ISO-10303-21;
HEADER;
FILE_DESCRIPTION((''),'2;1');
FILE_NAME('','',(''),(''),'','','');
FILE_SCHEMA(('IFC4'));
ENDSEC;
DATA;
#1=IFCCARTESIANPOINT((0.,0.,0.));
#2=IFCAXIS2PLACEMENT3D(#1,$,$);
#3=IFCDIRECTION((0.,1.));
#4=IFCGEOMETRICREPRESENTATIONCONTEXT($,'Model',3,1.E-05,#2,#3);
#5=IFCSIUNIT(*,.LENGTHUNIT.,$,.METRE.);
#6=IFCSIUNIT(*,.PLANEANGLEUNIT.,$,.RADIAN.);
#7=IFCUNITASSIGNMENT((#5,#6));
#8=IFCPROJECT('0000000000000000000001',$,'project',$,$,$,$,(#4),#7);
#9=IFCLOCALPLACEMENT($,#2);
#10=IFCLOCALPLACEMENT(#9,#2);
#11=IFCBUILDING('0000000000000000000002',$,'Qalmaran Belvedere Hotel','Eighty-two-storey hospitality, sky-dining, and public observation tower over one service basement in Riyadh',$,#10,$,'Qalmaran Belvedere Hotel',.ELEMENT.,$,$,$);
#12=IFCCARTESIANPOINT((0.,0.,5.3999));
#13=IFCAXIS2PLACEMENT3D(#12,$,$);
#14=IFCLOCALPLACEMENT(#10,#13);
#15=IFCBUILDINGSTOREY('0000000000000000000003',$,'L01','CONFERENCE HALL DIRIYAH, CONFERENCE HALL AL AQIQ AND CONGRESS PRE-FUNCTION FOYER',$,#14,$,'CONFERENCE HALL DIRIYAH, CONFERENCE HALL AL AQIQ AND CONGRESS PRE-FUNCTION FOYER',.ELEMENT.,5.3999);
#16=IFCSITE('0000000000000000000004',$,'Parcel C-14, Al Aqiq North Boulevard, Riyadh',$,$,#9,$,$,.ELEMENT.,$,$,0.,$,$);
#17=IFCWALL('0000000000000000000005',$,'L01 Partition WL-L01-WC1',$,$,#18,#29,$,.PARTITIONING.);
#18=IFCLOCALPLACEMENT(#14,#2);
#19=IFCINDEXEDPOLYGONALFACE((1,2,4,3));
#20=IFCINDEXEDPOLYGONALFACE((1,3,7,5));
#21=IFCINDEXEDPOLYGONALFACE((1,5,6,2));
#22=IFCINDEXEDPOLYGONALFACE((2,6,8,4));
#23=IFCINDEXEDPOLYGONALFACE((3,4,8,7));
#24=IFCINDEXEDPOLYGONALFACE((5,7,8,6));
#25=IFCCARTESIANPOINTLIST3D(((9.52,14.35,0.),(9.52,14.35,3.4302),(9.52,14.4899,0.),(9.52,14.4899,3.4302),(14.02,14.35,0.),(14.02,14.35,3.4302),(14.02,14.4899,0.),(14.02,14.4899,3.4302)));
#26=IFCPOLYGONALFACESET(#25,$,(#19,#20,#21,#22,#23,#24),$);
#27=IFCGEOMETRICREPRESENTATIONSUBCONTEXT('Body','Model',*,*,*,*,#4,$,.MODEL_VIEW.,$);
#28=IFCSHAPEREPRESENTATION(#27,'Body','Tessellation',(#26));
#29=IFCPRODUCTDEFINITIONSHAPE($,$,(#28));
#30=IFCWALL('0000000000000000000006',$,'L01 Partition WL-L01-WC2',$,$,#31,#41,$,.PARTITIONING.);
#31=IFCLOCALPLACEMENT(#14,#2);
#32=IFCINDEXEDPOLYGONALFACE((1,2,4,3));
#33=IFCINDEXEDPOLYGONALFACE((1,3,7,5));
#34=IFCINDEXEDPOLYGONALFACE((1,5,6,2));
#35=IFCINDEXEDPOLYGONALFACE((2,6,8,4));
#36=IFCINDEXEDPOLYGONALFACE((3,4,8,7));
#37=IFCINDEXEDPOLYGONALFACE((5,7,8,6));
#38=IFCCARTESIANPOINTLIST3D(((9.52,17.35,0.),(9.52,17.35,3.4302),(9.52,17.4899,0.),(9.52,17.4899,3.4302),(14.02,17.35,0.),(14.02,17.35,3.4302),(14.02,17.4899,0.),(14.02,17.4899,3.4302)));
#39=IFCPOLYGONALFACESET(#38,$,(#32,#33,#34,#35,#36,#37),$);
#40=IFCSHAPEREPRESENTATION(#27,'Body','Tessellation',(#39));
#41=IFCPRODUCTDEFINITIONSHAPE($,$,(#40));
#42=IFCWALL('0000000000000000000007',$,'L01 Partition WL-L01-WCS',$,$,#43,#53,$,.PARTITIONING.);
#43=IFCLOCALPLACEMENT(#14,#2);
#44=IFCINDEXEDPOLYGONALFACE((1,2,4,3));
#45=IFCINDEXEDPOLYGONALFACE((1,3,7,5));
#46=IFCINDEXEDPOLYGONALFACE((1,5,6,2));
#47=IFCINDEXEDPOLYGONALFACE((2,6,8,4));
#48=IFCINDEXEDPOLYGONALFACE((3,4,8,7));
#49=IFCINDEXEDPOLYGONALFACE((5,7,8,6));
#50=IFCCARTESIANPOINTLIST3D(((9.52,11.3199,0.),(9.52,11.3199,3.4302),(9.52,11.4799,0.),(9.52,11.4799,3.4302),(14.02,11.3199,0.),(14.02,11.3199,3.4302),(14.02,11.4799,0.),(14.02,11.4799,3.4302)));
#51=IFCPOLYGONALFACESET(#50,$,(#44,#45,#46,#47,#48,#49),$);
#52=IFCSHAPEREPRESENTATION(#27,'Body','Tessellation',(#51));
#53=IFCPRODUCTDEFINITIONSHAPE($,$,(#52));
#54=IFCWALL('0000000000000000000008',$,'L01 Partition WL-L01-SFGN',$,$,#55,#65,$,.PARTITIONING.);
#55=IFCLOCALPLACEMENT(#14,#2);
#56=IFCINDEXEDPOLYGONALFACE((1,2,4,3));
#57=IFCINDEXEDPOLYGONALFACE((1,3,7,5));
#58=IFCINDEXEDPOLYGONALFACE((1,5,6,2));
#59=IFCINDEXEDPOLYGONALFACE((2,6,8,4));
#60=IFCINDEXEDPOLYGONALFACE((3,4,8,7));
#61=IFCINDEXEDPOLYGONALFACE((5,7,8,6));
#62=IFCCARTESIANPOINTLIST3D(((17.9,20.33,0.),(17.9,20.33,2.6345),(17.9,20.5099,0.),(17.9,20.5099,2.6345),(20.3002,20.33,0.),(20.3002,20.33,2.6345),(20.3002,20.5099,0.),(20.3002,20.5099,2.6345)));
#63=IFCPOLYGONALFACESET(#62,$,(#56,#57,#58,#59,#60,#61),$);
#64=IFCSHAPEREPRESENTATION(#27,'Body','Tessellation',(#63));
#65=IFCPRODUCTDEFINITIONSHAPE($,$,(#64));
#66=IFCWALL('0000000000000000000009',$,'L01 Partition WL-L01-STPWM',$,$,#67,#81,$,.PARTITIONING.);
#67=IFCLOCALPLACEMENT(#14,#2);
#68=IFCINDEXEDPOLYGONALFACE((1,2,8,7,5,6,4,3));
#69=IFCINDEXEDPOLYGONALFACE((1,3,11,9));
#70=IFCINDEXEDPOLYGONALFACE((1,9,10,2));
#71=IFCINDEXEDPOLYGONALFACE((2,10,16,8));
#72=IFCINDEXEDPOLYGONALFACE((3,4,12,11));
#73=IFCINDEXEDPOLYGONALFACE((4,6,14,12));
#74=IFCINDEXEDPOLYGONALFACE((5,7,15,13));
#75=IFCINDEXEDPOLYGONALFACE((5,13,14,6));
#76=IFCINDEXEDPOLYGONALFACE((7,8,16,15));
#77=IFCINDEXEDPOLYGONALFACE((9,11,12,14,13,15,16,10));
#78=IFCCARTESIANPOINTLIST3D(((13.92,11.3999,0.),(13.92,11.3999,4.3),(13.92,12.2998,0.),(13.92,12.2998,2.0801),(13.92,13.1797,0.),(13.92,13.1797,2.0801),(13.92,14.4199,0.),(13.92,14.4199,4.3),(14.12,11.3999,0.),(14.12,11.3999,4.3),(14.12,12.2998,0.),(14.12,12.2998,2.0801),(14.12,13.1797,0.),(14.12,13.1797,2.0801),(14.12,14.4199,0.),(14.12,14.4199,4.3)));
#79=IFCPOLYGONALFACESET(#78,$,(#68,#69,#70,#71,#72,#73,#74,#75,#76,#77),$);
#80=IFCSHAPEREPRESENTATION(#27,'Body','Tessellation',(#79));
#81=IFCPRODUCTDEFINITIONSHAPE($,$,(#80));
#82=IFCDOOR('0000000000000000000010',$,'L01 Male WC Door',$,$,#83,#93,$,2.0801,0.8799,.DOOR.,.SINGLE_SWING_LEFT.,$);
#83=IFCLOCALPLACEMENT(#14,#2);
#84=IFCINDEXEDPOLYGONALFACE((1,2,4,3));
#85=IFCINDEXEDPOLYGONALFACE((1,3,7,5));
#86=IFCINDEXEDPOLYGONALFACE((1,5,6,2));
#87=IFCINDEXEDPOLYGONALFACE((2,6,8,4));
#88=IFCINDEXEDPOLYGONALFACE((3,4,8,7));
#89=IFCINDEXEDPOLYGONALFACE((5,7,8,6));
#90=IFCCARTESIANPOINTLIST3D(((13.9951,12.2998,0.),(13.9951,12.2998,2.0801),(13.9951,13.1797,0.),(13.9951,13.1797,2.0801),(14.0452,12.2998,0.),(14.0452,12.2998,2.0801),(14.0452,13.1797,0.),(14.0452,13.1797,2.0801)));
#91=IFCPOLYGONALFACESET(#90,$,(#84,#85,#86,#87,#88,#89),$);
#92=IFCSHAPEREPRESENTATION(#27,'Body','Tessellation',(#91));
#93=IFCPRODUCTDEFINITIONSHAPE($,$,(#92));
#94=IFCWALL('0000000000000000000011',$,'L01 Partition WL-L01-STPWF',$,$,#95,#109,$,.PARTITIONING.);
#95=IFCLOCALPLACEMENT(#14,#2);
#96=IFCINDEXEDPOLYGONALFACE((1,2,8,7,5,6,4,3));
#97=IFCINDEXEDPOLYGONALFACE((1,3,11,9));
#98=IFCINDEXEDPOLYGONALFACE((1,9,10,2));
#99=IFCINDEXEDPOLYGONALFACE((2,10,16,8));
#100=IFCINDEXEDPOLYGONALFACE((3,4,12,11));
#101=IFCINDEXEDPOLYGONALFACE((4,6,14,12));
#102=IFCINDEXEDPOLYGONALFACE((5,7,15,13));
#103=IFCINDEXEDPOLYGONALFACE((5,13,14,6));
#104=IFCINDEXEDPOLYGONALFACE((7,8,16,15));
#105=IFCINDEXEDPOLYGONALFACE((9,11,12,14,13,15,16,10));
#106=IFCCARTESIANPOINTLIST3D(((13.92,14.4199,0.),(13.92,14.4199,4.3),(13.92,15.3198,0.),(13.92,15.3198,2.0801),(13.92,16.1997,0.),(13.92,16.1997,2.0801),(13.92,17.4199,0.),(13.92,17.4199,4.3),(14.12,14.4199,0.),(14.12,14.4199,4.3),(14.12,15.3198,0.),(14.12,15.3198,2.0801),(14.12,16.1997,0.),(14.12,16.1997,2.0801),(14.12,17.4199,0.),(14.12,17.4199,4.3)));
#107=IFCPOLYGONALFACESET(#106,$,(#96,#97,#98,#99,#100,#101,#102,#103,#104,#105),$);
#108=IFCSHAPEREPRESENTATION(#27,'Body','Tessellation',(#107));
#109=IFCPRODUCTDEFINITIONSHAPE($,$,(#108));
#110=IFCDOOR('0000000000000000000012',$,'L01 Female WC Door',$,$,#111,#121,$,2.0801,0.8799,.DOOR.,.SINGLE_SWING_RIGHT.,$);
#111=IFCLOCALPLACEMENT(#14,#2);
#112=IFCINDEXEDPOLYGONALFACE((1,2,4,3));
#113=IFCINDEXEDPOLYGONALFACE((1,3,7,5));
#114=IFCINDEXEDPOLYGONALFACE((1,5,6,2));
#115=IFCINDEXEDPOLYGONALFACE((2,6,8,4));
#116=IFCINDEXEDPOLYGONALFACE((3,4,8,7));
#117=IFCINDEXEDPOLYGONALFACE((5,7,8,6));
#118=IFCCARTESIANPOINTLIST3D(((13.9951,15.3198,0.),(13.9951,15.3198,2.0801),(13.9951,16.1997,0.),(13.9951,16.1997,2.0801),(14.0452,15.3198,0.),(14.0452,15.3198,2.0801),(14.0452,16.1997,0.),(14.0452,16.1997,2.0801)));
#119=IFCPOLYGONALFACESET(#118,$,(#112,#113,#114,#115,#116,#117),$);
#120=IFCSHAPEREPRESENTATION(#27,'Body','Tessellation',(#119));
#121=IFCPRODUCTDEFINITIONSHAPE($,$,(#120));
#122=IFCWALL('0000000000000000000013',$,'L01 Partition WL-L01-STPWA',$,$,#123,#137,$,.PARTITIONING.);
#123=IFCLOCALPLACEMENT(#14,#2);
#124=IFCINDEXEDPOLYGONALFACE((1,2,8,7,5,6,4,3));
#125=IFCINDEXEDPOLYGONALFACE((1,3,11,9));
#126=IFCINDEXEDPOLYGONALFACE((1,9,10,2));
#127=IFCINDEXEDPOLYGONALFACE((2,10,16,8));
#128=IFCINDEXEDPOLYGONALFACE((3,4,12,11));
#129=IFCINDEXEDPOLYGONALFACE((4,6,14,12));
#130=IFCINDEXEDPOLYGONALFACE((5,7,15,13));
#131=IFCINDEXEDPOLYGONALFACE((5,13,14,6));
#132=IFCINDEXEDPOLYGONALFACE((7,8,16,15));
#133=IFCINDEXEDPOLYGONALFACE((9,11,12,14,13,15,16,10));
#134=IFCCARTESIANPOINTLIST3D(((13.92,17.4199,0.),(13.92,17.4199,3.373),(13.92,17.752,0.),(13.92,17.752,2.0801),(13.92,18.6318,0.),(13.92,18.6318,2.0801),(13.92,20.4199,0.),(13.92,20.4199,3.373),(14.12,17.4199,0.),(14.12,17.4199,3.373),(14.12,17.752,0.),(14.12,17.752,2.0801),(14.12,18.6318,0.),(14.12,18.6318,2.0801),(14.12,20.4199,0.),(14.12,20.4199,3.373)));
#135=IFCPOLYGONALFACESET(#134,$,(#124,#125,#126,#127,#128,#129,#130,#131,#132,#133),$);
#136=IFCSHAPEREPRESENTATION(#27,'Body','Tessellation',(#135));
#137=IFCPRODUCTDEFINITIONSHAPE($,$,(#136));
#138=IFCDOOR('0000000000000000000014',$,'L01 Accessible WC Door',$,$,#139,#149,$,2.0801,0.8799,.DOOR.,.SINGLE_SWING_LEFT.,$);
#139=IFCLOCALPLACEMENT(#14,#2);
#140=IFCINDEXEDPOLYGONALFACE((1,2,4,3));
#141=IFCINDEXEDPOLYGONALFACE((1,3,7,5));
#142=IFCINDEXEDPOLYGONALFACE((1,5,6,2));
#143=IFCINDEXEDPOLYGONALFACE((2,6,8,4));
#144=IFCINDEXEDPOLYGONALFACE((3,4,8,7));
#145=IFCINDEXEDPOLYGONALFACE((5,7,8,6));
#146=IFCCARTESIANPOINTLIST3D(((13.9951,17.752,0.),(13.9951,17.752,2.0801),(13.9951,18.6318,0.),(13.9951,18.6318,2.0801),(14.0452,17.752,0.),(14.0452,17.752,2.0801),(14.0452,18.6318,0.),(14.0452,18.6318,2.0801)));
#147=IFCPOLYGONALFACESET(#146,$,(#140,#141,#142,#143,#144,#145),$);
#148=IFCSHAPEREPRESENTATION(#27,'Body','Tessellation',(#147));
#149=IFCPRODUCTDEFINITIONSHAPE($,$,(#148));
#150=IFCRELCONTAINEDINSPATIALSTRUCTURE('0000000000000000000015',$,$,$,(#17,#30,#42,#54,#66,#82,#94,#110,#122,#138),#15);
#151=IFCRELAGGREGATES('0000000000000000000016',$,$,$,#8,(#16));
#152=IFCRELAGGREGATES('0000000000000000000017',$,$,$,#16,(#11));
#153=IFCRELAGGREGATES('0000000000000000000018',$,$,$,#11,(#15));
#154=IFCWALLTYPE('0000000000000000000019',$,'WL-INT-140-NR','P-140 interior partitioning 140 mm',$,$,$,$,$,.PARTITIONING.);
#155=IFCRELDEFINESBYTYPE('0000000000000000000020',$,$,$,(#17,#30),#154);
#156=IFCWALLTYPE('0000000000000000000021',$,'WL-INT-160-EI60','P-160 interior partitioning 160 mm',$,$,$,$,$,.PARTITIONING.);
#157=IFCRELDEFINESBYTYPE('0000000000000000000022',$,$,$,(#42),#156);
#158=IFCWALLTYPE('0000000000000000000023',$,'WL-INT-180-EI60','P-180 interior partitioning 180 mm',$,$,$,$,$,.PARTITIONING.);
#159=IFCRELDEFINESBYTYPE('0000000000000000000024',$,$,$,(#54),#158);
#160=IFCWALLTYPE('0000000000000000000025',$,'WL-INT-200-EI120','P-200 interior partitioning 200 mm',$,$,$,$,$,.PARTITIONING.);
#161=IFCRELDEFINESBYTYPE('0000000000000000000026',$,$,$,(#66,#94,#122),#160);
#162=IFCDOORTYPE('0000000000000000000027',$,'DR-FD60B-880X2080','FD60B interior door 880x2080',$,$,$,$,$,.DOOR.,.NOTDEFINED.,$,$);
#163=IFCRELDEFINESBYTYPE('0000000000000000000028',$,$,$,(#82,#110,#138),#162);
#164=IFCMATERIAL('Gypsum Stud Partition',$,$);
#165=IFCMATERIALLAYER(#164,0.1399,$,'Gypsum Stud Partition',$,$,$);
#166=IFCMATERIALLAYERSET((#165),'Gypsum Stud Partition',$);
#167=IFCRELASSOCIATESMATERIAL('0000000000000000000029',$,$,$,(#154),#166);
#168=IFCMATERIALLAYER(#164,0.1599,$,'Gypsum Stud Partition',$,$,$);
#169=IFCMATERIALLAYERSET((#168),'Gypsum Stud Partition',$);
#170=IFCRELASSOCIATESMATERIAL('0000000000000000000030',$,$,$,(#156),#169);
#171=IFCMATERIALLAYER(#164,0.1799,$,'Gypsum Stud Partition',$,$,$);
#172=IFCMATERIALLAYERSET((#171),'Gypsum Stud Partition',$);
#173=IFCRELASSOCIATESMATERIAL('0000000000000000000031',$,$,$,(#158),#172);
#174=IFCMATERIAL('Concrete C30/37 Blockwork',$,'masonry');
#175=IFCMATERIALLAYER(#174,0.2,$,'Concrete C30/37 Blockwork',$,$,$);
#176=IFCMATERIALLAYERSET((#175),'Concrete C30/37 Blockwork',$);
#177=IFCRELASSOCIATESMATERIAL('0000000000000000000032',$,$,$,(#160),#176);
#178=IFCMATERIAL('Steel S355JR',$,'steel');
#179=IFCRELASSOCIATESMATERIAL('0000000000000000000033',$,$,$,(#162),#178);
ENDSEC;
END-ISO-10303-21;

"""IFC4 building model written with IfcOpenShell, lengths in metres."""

from ifc_helpers import new_model, si_unit, direction, frame, frame_2d, origin, place, context, subcontext, project, spatial, rectangle, extrude, material, layer, layer_set, type_object, element, fill, save


model = new_model("IFC4")

# Units and contexts
model_context = context("Model", 3, precision=1e-05, world=origin(), true_north=direction((0.0, 1.0)))
body_context = subcontext(model_context, "Body", "Model", "MODEL_VIEW")
ifc_project = project(units=[si_unit("LENGTHUNIT", "METRE"), si_unit("PLANEANGLEUNIT", "RADIAN")], contexts=[model_context])

# Site, building, storey
site_placement = place(None, origin())
site = spatial("IfcSite", under=ifc_project, at=site_placement, Name="Parcel C-14, Al Aqiq North Boulevard, Riyadh", CompositionType="ELEMENT", RefElevation=0.0)
building_placement = place(site_placement, origin())
building = spatial("IfcBuilding", under=site, at=building_placement, Name="Qalmaran Belvedere Hotel", Description="Eighty-two-storey hospitality, sky-dining, and public observation tower over one service basement in Riyadh", LongName="Qalmaran Belvedere Hotel", CompositionType="ELEMENT")
storey_placement = place(building_placement, frame((0.0, 0.0, 5.3999)))
storey = spatial("IfcBuildingStorey", under=building, at=storey_placement, Name="L01", Description="CONFERENCE HALL DIRIYAH, CONFERENCE HALL AL AQIQ AND CONGRESS PRE-FUNCTION FOYER", LongName="CONFERENCE HALL DIRIYAH, CONFERENCE HALL AL AQIQ AND CONGRESS PRE-FUNCTION FOYER", CompositionType="ELEMENT", Elevation=5.3999)

# Shared definitions
ifc_material_1 = material(Name="Steel S355JR", Category="steel")

# Walls
ifc_material_2 = material(Name="Gypsum Stud Partition")
ifc_layer_1 = layer(ifc_material_2, 0.1399, Name="Gypsum Stud Partition")
ifc_layer_set_1 = layer_set([ifc_layer_1], Name="Gypsum Stud Partition")
wall_type_1 = type_object("IfcWallType", Name="WL-INT-140-NR", Description="P-140 interior partitioning 140 mm", PredefinedType="PARTITIONING", material=ifc_layer_set_1)
for number, where, z_axis, x_axis, name in (
    (1, (9.52, 14.4199, 0.0), (0.0, 0.0, 1.0), (1.0, 0.0, 0.0), "L01 Partition WL-L01-WC1"),
    (2, (9.52, 17.4199, 0.0), (0.0, 0.0, 1.0), (1.0, 0.0, 0.0), "L01 Partition WL-L01-WC2"),
):
    element("IfcWall", number, at=place(storey_placement, frame(where, z_axis=z_axis, x_axis=x_axis)), inside=storey, type_object=wall_type_1, Name=name, PredefinedType="PARTITIONING", context=body_context, shape_type="SweptSolid", body=[
        extrude(rectangle(XDim=4.5, YDim=0.1399, at=frame_2d((2.25, 0.0))), origin(), (0.0, 0.0, 1.0), 3.4302),
    ])
ifc_layer_2 = layer(ifc_material_2, 0.1599, Name="Gypsum Stud Partition")
ifc_layer_set_2 = layer_set([ifc_layer_2], Name="Gypsum Stud Partition")
wall_type_2 = type_object("IfcWallType", Name="WL-INT-160-EI60", Description="P-160 interior partitioning 160 mm", PredefinedType="PARTITIONING", material=ifc_layer_set_2)
wall_1_placement = place(storey_placement, frame((9.52, 11.3999, 0.0), z_axis=(0.0, 0.0, 1.0), x_axis=(1.0, 0.0, 0.0)))
element("IfcWall", 3, at=wall_1_placement, inside=storey, type_object=wall_type_2, Name="L01 Partition WL-L01-WCS", PredefinedType="PARTITIONING", context=body_context, shape_type="SweptSolid", body=[
    extrude(rectangle(XDim=4.5, YDim=0.1599, at=frame_2d((2.25, 0.0))), origin(), (0.0, 0.0, 1.0), 3.4302),
])
ifc_layer_3 = layer(ifc_material_2, 0.1799, Name="Gypsum Stud Partition")
ifc_layer_set_3 = layer_set([ifc_layer_3], Name="Gypsum Stud Partition")
wall_type_3 = type_object("IfcWallType", Name="WL-INT-180-EI60", Description="P-180 interior partitioning 180 mm", PredefinedType="PARTITIONING", material=ifc_layer_set_3)
wall_2_placement = place(storey_placement, frame((17.8999, 20.4199, 0.0), z_axis=(0.0, 0.0, 1.0), x_axis=(1.0, 0.0, 0.0)))
element("IfcWall", 4, at=wall_2_placement, inside=storey, type_object=wall_type_3, Name="L01 Partition WL-L01-SFGN", PredefinedType="PARTITIONING", context=body_context, shape_type="SweptSolid", body=[
    extrude(rectangle(XDim=2.4001, YDim=0.1799, at=frame_2d((1.2002, 0.0))), origin(), (0.0, 0.0, 1.0), 2.6345),
])

# Walls, openings, doors
ifc_material_3 = material(Name="Concrete C30/37 Blockwork", Category="masonry")
ifc_layer_4 = layer(ifc_material_3, 0.2, Name="Concrete C30/37 Blockwork")
ifc_layer_set_4 = layer_set([ifc_layer_4], Name="Concrete C30/37 Blockwork")
wall_type_4 = type_object("IfcWallType", Name="WL-INT-200-EI120", Description="P-200 interior partitioning 200 mm", PredefinedType="PARTITIONING", material=ifc_layer_set_4)
wall_3_placement = place(storey_placement, frame((14.02, 11.3999, 0.0), z_axis=(0.0, 0.0, 1.0), x_axis=(0.0, 1.0, 0.0)))
wall_3 = element("IfcWall", 5, at=wall_3_placement, inside=storey, type_object=wall_type_4, Name="L01 Partition WL-L01-STPWM", PredefinedType="PARTITIONING", context=body_context, shape_type="SweptSolid", body=[
    extrude(rectangle(XDim=3.02, YDim=0.2, at=frame_2d((1.51, 0.0))), origin(), (0.0, 0.0, 1.0), 4.3),
])
opening_1_placement = place(wall_3_placement, frame((0.8999, 0.0, 0.0)))
opening_1 = element("IfcOpeningElement", 6, at=opening_1_placement, cuts=wall_3, PredefinedType="OPENING", context=body_context, shape_type="SweptSolid", body=[
    extrude(rectangle(XDim=0.8799, YDim=2.0801, at=frame_2d((0.4399, 1.04))), frame((0.0, 0.1099, 0.0), z_axis=(0.0, -1.0, 0.0), x_axis=(1.0, 0.0, 0.0)), (0.0, 0.0, 1.0), 0.22),
])
door_type_1 = type_object("IfcDoorType", Name="DR-FD60B-880X2080", Description="FD60B interior door 880x2080", OperationType="NOTDEFINED", PredefinedType="DOOR", material=ifc_material_1)
door_1_placement = place(opening_1_placement, origin())
door_1 = element("IfcDoor", 7, at=door_1_placement, inside=storey, type_object=door_type_1, Name="L01 Male WC Door", OperationType="SINGLE_SWING_LEFT", OverallHeight=2.0801, OverallWidth=0.8799, PredefinedType="DOOR", context=body_context, shape_type="SweptSolid", body=[
    extrude(rectangle(XDim=0.8799, YDim=2.0801, at=frame_2d((0.4399, 1.04))), frame((0.0, 0.0249, 0.0), z_axis=(0.0, -1.0, 0.0), x_axis=(1.0, 0.0, 0.0)), (0.0, 0.0, 1.0), 0.05),
])
fill(opening_1, door_1)
wall_4_placement = place(storey_placement, frame((14.02, 14.4199, 0.0), z_axis=(0.0, 0.0, 1.0), x_axis=(0.0, 1.0, 0.0)))
wall_4 = element("IfcWall", 8, at=wall_4_placement, inside=storey, type_object=wall_type_4, Name="L01 Partition WL-L01-STPWF", PredefinedType="PARTITIONING", context=body_context, shape_type="SweptSolid", body=[
    extrude(rectangle(XDim=3.0, YDim=0.2, at=frame_2d((1.5, 0.0))), origin(), (0.0, 0.0, 1.0), 4.3),
])
opening_2_placement = place(wall_4_placement, frame((0.8999, 0.0, 0.0)))
opening_2 = element("IfcOpeningElement", 9, at=opening_2_placement, cuts=wall_4, PredefinedType="OPENING", context=body_context, shape_type="SweptSolid", body=[
    extrude(rectangle(XDim=0.8799, YDim=2.0801, at=frame_2d((0.4399, 1.04))), frame((0.0, 0.1099, 0.0), z_axis=(0.0, -1.0, 0.0), x_axis=(1.0, 0.0, 0.0)), (0.0, 0.0, 1.0), 0.22),
])
door_2_placement = place(opening_2_placement, origin())
door_2 = element("IfcDoor", 10, at=door_2_placement, inside=storey, type_object=door_type_1, Name="L01 Female WC Door", OperationType="SINGLE_SWING_RIGHT", OverallHeight=2.0801, OverallWidth=0.8799, PredefinedType="DOOR", context=body_context, shape_type="SweptSolid", body=[
    extrude(rectangle(XDim=0.8799, YDim=2.0801, at=frame_2d((0.4399, 1.04))), frame((0.0, 0.0249, 0.0), z_axis=(0.0, -1.0, 0.0), x_axis=(1.0, 0.0, 0.0)), (0.0, 0.0, 1.0), 0.05),
])
fill(opening_2, door_2)
wall_5_placement = place(storey_placement, frame((14.02, 17.4199, 0.0), z_axis=(0.0, 0.0, 1.0), x_axis=(0.0, 1.0, 0.0)))
wall_5 = element("IfcWall", 11, at=wall_5_placement, inside=storey, type_object=wall_type_4, Name="L01 Partition WL-L01-STPWA", PredefinedType="PARTITIONING", context=body_context, shape_type="SweptSolid", body=[
    extrude(rectangle(XDim=3.0, YDim=0.2, at=frame_2d((1.5, 0.0))), origin(), (0.0, 0.0, 1.0), 3.373),
])
opening_3_placement = place(wall_5_placement, frame((0.332, 0.0, 0.0)))
opening_3 = element("IfcOpeningElement", 12, at=opening_3_placement, cuts=wall_5, PredefinedType="OPENING", context=body_context, shape_type="SweptSolid", body=[
    extrude(rectangle(XDim=0.8799, YDim=2.0801, at=frame_2d((0.4399, 1.04))), frame((0.0, 0.1099, 0.0), z_axis=(0.0, -1.0, 0.0), x_axis=(1.0, 0.0, 0.0)), (0.0, 0.0, 1.0), 0.22),
])
door_3_placement = place(opening_3_placement, origin())
door_3 = element("IfcDoor", 13, at=door_3_placement, inside=storey, type_object=door_type_1, Name="L01 Accessible WC Door", OperationType="SINGLE_SWING_LEFT", OverallHeight=2.0801, OverallWidth=0.8799, PredefinedType="DOOR", context=body_context, shape_type="SweptSolid", body=[
    extrude(rectangle(XDim=0.8799, YDim=2.0801, at=frame_2d((0.4399, 1.04))), frame((0.0, 0.0249, 0.0), z_axis=(0.0, -1.0, 0.0), x_axis=(1.0, 0.0, 0.0)), (0.0, 0.0, 1.0), 0.05),
])
fill(opening_3, door_3)

save(model, "model.ifc")
